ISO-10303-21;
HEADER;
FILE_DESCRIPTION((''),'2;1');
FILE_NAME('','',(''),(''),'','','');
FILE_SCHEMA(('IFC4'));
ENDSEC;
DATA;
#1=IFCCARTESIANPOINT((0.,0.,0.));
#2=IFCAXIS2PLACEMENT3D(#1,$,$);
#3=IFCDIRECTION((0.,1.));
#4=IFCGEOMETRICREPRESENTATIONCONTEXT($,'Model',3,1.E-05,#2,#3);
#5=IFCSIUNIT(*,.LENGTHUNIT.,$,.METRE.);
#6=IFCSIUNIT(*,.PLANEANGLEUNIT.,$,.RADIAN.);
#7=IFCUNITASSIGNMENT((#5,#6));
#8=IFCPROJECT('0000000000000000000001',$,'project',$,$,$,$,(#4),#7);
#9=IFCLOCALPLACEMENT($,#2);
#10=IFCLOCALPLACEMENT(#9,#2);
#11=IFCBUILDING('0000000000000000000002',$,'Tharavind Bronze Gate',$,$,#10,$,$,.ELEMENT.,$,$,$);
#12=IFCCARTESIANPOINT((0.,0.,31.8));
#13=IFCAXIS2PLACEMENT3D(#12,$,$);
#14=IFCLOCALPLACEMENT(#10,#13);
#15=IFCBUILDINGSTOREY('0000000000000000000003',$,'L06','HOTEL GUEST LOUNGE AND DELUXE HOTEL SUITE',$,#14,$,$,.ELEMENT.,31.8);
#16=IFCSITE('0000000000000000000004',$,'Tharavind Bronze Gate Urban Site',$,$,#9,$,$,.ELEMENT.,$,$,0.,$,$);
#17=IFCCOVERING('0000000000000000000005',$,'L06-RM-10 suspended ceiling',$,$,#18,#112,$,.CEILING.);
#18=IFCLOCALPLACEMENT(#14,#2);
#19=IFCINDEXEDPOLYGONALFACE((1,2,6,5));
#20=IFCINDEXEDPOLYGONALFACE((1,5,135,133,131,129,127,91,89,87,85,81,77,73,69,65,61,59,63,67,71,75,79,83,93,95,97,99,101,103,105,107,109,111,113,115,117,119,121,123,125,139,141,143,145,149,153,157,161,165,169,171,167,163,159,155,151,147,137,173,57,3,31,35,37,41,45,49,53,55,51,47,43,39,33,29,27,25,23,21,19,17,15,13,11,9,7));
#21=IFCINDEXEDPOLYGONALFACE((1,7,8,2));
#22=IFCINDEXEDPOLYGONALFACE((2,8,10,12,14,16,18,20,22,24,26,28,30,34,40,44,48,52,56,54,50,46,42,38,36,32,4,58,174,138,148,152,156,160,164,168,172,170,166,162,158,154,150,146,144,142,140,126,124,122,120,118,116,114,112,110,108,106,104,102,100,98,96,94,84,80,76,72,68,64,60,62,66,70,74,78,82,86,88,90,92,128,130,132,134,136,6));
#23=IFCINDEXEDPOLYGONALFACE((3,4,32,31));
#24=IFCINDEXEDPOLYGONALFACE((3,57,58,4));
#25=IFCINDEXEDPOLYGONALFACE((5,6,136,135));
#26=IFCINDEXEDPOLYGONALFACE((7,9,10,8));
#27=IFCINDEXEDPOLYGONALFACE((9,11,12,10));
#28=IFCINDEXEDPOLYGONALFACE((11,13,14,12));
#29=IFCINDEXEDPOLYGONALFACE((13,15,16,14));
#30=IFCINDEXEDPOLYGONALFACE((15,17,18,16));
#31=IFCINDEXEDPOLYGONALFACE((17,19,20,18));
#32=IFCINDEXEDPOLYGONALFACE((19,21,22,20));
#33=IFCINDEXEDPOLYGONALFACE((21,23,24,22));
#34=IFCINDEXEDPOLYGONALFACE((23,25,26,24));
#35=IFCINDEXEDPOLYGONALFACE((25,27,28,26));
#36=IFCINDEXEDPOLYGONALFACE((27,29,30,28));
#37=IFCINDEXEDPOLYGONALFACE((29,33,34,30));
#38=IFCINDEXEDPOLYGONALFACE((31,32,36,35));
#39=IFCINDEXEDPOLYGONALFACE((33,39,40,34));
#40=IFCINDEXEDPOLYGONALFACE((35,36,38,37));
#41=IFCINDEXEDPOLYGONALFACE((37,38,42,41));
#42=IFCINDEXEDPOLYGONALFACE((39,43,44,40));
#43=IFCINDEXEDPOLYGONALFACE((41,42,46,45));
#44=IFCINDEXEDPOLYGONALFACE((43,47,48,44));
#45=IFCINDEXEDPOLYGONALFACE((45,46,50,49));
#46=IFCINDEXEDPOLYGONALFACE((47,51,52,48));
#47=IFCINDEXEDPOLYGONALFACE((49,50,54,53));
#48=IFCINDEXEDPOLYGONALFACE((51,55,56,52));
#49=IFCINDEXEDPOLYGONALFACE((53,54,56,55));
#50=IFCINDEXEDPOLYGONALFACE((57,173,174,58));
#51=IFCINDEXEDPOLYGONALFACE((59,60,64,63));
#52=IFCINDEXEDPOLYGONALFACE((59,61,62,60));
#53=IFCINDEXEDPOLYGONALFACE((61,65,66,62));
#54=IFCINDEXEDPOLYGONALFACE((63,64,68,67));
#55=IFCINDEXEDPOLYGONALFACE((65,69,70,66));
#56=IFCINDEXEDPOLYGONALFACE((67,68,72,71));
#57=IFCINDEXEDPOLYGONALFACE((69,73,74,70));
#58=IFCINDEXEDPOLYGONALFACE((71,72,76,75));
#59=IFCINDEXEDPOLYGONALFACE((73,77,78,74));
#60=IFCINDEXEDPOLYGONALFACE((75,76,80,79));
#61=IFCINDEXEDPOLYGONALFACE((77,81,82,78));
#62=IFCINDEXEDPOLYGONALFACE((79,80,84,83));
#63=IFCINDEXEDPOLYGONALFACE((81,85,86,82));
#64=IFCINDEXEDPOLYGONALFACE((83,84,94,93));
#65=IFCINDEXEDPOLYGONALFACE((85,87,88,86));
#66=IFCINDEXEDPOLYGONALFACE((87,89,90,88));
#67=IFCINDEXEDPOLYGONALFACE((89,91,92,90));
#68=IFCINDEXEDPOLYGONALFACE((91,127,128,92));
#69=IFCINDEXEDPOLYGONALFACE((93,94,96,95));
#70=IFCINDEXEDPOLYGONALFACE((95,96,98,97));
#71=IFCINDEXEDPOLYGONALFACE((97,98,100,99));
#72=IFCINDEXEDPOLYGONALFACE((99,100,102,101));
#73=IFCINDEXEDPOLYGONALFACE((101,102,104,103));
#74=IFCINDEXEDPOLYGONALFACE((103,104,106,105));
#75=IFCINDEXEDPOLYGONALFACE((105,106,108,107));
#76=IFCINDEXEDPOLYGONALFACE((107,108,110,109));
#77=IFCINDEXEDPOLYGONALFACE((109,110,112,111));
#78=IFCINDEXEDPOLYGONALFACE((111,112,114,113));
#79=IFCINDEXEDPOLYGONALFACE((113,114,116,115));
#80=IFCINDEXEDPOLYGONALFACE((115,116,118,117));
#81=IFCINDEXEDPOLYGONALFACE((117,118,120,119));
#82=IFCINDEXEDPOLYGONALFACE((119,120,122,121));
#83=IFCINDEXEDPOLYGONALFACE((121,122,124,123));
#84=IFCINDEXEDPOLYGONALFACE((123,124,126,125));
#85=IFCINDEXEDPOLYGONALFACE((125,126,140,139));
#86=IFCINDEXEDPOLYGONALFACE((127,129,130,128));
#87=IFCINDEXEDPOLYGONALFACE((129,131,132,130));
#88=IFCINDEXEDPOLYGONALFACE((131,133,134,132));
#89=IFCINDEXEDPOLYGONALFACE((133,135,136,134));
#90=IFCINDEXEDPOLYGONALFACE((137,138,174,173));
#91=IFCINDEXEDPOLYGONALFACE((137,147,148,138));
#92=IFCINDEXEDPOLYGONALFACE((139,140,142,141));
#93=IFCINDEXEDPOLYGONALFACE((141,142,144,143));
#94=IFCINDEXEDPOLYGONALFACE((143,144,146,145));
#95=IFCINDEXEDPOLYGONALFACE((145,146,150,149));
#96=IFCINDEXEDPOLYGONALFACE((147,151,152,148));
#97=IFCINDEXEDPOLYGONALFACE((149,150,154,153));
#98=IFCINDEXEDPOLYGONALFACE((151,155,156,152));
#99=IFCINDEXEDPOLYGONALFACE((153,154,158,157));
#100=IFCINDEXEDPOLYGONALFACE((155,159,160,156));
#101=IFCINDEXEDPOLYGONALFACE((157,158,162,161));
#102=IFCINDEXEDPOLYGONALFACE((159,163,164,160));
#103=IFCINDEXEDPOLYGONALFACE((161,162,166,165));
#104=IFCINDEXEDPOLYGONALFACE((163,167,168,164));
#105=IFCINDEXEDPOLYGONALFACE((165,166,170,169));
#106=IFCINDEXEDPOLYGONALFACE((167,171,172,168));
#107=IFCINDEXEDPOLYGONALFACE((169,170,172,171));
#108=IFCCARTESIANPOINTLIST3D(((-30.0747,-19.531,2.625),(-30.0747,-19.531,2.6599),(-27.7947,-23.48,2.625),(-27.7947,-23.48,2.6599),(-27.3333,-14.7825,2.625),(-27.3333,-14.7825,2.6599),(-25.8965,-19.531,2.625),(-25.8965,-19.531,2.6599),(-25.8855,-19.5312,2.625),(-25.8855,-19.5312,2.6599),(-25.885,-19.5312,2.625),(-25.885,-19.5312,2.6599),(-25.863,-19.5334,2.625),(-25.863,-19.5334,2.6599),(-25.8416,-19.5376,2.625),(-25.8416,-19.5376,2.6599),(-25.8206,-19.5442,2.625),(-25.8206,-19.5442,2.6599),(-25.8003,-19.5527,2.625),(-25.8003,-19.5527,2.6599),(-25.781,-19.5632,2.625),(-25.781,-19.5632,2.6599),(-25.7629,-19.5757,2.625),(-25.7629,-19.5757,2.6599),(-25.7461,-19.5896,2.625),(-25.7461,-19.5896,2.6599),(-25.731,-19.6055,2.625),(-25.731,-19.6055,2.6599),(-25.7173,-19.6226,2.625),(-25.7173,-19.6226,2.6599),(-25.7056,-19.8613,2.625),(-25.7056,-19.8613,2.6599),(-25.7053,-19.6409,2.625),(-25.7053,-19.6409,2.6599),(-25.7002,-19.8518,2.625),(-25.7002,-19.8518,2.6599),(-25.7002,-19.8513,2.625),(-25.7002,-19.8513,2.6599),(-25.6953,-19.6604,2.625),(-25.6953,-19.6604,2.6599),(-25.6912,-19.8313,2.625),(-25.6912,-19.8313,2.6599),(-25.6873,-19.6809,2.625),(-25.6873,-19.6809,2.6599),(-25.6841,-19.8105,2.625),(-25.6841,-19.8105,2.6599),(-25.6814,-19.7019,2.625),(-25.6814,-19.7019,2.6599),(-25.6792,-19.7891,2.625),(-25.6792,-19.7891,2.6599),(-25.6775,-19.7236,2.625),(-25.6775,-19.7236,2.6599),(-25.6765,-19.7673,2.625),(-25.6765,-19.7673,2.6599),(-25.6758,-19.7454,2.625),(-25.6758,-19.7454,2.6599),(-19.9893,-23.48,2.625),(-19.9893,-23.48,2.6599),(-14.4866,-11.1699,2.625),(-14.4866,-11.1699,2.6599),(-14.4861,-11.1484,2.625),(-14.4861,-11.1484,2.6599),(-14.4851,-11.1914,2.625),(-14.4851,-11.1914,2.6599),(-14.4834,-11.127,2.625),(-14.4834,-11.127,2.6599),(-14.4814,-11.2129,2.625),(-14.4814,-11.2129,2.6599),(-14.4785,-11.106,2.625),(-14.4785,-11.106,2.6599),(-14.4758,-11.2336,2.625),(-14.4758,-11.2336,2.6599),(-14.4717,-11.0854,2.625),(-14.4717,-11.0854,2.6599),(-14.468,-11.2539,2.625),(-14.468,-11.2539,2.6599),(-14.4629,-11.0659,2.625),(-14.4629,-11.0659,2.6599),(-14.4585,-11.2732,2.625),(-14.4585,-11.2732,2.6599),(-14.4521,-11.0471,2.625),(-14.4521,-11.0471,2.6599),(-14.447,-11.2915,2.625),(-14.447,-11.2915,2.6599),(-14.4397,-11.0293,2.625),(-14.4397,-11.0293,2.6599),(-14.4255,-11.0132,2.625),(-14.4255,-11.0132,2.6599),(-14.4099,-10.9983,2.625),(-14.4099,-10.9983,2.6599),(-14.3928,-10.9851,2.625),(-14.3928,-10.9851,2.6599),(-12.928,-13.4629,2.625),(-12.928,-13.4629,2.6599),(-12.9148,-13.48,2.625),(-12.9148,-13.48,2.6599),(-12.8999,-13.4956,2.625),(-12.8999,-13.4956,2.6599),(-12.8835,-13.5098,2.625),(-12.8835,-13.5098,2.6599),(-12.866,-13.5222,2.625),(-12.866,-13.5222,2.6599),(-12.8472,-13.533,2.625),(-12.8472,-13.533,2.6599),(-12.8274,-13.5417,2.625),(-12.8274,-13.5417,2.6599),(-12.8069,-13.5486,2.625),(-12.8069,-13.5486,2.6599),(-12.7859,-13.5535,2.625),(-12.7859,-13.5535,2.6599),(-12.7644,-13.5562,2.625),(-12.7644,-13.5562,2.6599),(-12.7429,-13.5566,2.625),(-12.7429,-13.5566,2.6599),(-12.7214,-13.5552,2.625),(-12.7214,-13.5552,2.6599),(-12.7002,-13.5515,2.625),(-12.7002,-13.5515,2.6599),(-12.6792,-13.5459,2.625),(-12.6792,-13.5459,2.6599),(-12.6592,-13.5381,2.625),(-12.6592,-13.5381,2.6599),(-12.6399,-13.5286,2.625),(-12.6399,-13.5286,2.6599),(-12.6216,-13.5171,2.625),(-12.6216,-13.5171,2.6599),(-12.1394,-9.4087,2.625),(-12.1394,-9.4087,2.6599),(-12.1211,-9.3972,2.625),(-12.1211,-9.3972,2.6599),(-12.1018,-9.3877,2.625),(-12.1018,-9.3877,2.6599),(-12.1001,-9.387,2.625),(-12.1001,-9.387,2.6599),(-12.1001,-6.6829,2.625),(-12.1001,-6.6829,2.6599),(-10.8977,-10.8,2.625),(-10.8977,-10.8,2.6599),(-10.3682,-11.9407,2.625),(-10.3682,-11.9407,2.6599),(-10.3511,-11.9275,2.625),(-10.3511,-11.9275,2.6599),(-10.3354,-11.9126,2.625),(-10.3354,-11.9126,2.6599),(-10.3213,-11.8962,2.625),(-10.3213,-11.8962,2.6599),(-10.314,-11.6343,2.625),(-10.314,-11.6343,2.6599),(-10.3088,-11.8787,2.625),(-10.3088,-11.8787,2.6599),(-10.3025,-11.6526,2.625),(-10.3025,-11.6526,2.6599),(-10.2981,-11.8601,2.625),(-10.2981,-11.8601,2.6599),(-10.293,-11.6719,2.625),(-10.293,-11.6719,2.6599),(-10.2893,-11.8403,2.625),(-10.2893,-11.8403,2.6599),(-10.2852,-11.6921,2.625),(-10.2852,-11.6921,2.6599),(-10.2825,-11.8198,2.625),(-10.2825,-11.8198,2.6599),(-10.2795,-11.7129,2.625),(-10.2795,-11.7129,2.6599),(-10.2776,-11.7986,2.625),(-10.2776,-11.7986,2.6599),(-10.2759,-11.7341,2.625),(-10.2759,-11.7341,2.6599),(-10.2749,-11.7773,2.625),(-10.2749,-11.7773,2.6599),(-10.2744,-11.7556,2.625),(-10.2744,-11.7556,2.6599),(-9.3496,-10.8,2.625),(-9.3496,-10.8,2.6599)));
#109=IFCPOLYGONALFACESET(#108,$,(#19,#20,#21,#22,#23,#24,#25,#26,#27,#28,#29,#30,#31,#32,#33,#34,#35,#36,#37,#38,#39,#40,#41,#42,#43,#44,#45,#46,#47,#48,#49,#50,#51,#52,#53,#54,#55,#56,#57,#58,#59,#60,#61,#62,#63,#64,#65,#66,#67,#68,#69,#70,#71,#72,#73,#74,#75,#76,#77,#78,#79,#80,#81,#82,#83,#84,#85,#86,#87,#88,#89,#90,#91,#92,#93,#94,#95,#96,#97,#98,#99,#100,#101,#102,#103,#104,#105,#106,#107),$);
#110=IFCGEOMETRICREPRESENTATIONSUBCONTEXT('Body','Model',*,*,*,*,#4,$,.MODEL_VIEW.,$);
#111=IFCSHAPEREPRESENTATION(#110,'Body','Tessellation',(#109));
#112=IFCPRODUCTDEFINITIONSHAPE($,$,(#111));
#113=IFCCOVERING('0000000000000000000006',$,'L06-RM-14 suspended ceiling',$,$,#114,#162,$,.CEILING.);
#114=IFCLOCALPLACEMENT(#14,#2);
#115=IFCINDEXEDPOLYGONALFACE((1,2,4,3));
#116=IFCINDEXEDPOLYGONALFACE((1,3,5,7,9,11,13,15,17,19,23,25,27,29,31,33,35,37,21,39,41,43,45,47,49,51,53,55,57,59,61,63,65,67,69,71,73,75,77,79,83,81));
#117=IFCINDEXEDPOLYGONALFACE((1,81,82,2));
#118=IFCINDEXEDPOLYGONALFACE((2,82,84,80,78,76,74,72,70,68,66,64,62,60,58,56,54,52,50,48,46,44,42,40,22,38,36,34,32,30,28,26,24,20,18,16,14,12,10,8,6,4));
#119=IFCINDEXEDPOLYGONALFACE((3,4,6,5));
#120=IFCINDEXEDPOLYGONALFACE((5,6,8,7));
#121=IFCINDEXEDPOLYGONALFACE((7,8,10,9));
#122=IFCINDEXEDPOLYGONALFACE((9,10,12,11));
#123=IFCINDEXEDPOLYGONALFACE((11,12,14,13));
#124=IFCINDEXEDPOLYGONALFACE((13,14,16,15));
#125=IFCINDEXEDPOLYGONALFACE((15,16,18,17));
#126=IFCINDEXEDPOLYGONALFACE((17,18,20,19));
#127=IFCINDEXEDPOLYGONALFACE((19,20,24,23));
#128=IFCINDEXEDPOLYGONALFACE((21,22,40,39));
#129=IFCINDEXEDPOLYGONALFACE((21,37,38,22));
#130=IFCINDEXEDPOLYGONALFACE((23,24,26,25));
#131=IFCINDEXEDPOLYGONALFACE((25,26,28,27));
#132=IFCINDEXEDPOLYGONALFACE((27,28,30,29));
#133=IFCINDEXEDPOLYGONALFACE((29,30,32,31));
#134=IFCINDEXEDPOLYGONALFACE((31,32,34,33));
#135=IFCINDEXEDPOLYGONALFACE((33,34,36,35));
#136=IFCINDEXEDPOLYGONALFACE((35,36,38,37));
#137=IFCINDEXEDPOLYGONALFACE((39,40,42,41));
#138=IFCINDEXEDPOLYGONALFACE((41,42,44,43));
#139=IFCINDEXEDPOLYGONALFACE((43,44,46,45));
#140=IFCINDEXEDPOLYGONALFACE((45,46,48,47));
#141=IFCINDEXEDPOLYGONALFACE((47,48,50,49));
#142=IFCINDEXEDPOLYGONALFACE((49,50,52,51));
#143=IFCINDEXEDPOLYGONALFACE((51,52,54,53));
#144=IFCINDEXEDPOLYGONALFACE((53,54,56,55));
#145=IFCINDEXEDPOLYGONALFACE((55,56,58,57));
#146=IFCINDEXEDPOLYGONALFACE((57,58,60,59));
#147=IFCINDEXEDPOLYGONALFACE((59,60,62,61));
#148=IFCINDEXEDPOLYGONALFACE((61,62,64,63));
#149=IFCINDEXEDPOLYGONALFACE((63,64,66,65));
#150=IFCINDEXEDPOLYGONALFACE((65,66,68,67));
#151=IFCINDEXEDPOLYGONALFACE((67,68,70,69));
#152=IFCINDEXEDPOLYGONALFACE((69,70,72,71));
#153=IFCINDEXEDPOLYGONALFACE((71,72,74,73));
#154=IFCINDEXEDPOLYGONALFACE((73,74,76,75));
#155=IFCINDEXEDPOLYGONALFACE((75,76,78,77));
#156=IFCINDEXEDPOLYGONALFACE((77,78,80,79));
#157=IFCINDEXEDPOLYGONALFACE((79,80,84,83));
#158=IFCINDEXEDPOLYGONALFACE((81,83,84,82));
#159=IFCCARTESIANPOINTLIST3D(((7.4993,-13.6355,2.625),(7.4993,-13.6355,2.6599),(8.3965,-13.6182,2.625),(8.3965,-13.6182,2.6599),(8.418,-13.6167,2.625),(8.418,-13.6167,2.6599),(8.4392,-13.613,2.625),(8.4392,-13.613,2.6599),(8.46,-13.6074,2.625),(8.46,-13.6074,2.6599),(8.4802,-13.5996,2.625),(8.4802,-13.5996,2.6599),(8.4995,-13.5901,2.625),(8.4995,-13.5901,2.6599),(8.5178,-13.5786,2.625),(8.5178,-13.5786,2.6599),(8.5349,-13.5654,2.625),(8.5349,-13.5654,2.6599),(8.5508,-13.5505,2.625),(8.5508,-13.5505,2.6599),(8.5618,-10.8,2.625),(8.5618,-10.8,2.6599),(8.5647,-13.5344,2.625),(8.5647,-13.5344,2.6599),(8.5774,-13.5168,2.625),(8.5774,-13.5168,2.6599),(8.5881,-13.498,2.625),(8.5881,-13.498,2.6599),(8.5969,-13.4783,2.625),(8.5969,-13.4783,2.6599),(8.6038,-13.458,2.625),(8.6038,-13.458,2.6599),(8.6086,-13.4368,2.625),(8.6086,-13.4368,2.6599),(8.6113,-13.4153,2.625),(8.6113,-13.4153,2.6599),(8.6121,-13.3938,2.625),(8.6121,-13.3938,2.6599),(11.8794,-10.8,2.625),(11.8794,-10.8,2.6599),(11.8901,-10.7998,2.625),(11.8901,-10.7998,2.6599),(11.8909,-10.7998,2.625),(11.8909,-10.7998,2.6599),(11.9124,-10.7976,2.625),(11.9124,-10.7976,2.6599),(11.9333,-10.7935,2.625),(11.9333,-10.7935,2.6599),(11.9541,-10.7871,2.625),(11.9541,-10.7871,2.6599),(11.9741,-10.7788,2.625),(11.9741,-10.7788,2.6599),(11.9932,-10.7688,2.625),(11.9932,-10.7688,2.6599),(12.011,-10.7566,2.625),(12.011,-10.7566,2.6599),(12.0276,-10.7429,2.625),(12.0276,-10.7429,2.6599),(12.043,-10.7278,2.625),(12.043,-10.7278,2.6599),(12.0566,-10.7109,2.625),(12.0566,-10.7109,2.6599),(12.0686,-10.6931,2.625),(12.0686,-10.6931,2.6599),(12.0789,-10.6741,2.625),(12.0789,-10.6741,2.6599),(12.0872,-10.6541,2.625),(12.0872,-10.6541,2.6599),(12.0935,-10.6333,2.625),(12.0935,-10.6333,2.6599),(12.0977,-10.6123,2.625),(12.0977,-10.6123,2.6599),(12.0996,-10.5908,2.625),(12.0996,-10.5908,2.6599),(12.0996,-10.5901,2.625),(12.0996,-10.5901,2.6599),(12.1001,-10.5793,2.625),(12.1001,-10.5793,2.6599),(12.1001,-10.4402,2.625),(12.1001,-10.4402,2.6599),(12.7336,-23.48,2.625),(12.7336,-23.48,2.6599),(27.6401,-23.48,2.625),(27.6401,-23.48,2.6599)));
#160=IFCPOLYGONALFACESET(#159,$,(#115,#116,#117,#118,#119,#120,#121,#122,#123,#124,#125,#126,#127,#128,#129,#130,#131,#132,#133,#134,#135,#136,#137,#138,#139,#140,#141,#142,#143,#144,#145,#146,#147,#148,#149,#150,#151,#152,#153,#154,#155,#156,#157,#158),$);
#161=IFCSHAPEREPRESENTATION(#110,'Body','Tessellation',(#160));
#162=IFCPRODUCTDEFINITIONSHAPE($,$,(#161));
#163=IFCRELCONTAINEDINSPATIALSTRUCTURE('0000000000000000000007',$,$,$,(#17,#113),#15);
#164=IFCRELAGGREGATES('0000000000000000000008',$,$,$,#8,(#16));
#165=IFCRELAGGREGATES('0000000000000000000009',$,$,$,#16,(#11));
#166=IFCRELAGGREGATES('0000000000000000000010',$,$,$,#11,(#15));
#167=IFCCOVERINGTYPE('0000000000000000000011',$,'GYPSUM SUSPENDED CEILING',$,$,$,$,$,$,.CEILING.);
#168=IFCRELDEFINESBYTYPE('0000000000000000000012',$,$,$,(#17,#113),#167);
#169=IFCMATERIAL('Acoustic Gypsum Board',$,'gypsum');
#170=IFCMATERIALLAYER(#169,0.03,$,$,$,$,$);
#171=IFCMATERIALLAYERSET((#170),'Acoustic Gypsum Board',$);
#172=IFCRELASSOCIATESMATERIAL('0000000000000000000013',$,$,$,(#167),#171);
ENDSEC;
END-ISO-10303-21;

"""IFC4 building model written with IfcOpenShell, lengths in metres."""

from ifc_helpers import new_model, si_unit, direction, frame, origin, place, context, subcontext, project, spatial, polyline, outline, extrude, material, layer, layer_set, type_object, element, save


model = new_model("IFC4")

# Units and contexts
model_context = context("Model", 3, precision=1e-05, world=origin(), true_north=direction((0.0, 1.0)))
body_context = subcontext(model_context, "Body", "Model", "MODEL_VIEW")
ifc_project = project(units=[si_unit("LENGTHUNIT", "METRE"), si_unit("PLANEANGLEUNIT", "RADIAN")], contexts=[model_context])

# Site, building, storey
site_placement = place(None, origin())
site = spatial("IfcSite", under=ifc_project, at=site_placement, Name="Tharavind Bronze Gate Urban Site", CompositionType="ELEMENT", RefElevation=0.0)
building_placement = place(site_placement, origin())
building = spatial("IfcBuilding", under=site, at=building_placement, Name="Tharavind Bronze Gate", CompositionType="ELEMENT")
storey_placement = place(building_placement, frame((0.0, 0.0, 31.8)))
storey = spatial("IfcBuildingStorey", under=building, at=storey_placement, Name="L06", Description="HOTEL GUEST LOUNGE AND DELUXE HOTEL SUITE", CompositionType="ELEMENT", Elevation=31.8)

# Coverings
ifc_material_1 = material(Name="Acoustic Gypsum Board", Category="gypsum")
ifc_layer_1 = layer(ifc_material_1, 0.03)
ifc_layer_set_1 = layer_set([ifc_layer_1], Name="Acoustic Gypsum Board")
covering_type_1 = type_object("IfcCoveringType", Name="GYPSUM SUSPENDED CEILING", PredefinedType="CEILING", material=ifc_layer_set_1)
covering_1_placement = place(storey_placement, frame((0.0, 0.0, 2.625)))
element("IfcCovering", 1, at=covering_1_placement, inside=storey, type_object=covering_type_1, Name="L06-RM-10 suspended ceiling", PredefinedType="CEILING", context=body_context, shape_type="SweptSolid", body=[
    extrude(outline(polyline([(-25.8965, -19.531), (-25.8855, -19.5312), (-25.885, -19.5312), (-25.863, -19.5334), (-25.8416, -19.5376), (-25.8206, -19.5442), (-25.8003, -19.5527), (-25.781, -19.5632), (-25.7629, -19.5757), (-25.7461, -19.5896), (-25.731, -19.6055), (-25.7173, -19.6226), (-25.7053, -19.6409), (-25.6953, -19.6604), (-25.6873, -19.6809), (-25.6814, -19.7019), (-25.6775, -19.7236), (-25.6758, -19.7454), (-25.6765, -19.7673), (-25.6792, -19.7891), (-25.6841, -19.8105), (-25.6912, -19.8313), (-25.7002, -19.8513), (-25.7002, -19.8518), (-25.7056, -19.8613), (-27.7947, -23.48), (-19.9893, -23.48), (-9.3496, -10.8), (-10.8977, -10.8), (-10.314, -11.6343), (-10.3025, -11.6526), (-10.293, -11.6719), (-10.2852, -11.6921), (-10.2795, -11.7129), (-10.2759, -11.7341), (-10.2744, -11.7556), (-10.2749, -11.7773), (-10.2776, -11.7986), (-10.2825, -11.8198), (-10.2893, -11.8403), (-10.2981, -11.8601), (-10.3088, -11.8787), (-10.3213, -11.8962), (-10.3354, -11.9126), (-10.3511, -11.9275), (-10.3682, -11.9407), (-12.6216, -13.5171), (-12.6399, -13.5286), (-12.6592, -13.5381), (-12.6792, -13.5459), (-12.7002, -13.5515), (-12.7214, -13.5552), (-12.7429, -13.5566), (-12.7644, -13.5562), (-12.7859, -13.5535), (-12.8069, -13.5486), (-12.8274, -13.5417), (-12.8472, -13.533), (-12.866, -13.5222), (-12.8835, -13.5098), (-12.8999, -13.4956), (-12.9148, -13.48), (-12.928, -13.4629), (-14.447, -11.2915), (-14.4585, -11.2732), (-14.468, -11.2539), (-14.4758, -11.2336), (-14.4814, -11.2129), (-14.4851, -11.1914), (-14.4866, -11.1699), (-14.4861, -11.1484), (-14.4834, -11.127), (-14.4785, -11.106), (-14.4717, -11.0854), (-14.4629, -11.0659), (-14.4521, -11.0471), (-14.4397, -11.0293), (-14.4255, -11.0132), (-14.4099, -10.9983), (-14.3928, -10.9851), (-12.1394, -9.4087), (-12.1211, -9.3972), (-12.1018, -9.3877), (-12.1001, -9.387), (-12.1001, -6.6829), (-27.3333, -14.7825), (-30.0747, -19.531), (-25.8965, -19.531)])), origin(), (0.0, 0.0, 1.0), 0.0349),
])
covering_2_placement = place(storey_placement, frame((0.0, 0.0, 2.625)))
element("IfcCovering", 2, at=covering_2_placement, inside=storey, type_object=covering_type_1, Name="L06-RM-14 suspended ceiling", PredefinedType="CEILING", context=body_context, shape_type="SweptSolid", body=[
    extrude(outline(polyline([(8.6121, -13.3938), (8.6113, -13.4153), (8.6086, -13.4368), (8.6038, -13.458), (8.5969, -13.4783), (8.5881, -13.498), (8.5774, -13.5168), (8.5647, -13.5344), (8.5508, -13.5505), (8.5349, -13.5654), (8.5178, -13.5786), (8.4995, -13.5901), (8.4802, -13.5996), (8.46, -13.6074), (8.4392, -13.613), (8.418, -13.6167), (8.3965, -13.6182), (7.4993, -13.6355), (12.7336, -23.48), (27.6401, -23.48), (12.1001, -10.4402), (12.1001, -10.5793), (12.0996, -10.5901), (12.0996, -10.5908), (12.0977, -10.6123), (12.0935, -10.6333), (12.0872, -10.6541), (12.0789, -10.6741), (12.0686, -10.6931), (12.0566, -10.7109), (12.043, -10.7278), (12.0276, -10.7429), (12.011, -10.7566), (11.9932, -10.7688), (11.9741, -10.7788), (11.9541, -10.7871), (11.9333, -10.7935), (11.9124, -10.7976), (11.8909, -10.7998), (11.8901, -10.7998), (11.8794, -10.8), (8.5618, -10.8), (8.6121, -13.3938)])), origin(), (0.0, 0.0, 1.0), 0.0349),
])

save(model, "model.ifc")
